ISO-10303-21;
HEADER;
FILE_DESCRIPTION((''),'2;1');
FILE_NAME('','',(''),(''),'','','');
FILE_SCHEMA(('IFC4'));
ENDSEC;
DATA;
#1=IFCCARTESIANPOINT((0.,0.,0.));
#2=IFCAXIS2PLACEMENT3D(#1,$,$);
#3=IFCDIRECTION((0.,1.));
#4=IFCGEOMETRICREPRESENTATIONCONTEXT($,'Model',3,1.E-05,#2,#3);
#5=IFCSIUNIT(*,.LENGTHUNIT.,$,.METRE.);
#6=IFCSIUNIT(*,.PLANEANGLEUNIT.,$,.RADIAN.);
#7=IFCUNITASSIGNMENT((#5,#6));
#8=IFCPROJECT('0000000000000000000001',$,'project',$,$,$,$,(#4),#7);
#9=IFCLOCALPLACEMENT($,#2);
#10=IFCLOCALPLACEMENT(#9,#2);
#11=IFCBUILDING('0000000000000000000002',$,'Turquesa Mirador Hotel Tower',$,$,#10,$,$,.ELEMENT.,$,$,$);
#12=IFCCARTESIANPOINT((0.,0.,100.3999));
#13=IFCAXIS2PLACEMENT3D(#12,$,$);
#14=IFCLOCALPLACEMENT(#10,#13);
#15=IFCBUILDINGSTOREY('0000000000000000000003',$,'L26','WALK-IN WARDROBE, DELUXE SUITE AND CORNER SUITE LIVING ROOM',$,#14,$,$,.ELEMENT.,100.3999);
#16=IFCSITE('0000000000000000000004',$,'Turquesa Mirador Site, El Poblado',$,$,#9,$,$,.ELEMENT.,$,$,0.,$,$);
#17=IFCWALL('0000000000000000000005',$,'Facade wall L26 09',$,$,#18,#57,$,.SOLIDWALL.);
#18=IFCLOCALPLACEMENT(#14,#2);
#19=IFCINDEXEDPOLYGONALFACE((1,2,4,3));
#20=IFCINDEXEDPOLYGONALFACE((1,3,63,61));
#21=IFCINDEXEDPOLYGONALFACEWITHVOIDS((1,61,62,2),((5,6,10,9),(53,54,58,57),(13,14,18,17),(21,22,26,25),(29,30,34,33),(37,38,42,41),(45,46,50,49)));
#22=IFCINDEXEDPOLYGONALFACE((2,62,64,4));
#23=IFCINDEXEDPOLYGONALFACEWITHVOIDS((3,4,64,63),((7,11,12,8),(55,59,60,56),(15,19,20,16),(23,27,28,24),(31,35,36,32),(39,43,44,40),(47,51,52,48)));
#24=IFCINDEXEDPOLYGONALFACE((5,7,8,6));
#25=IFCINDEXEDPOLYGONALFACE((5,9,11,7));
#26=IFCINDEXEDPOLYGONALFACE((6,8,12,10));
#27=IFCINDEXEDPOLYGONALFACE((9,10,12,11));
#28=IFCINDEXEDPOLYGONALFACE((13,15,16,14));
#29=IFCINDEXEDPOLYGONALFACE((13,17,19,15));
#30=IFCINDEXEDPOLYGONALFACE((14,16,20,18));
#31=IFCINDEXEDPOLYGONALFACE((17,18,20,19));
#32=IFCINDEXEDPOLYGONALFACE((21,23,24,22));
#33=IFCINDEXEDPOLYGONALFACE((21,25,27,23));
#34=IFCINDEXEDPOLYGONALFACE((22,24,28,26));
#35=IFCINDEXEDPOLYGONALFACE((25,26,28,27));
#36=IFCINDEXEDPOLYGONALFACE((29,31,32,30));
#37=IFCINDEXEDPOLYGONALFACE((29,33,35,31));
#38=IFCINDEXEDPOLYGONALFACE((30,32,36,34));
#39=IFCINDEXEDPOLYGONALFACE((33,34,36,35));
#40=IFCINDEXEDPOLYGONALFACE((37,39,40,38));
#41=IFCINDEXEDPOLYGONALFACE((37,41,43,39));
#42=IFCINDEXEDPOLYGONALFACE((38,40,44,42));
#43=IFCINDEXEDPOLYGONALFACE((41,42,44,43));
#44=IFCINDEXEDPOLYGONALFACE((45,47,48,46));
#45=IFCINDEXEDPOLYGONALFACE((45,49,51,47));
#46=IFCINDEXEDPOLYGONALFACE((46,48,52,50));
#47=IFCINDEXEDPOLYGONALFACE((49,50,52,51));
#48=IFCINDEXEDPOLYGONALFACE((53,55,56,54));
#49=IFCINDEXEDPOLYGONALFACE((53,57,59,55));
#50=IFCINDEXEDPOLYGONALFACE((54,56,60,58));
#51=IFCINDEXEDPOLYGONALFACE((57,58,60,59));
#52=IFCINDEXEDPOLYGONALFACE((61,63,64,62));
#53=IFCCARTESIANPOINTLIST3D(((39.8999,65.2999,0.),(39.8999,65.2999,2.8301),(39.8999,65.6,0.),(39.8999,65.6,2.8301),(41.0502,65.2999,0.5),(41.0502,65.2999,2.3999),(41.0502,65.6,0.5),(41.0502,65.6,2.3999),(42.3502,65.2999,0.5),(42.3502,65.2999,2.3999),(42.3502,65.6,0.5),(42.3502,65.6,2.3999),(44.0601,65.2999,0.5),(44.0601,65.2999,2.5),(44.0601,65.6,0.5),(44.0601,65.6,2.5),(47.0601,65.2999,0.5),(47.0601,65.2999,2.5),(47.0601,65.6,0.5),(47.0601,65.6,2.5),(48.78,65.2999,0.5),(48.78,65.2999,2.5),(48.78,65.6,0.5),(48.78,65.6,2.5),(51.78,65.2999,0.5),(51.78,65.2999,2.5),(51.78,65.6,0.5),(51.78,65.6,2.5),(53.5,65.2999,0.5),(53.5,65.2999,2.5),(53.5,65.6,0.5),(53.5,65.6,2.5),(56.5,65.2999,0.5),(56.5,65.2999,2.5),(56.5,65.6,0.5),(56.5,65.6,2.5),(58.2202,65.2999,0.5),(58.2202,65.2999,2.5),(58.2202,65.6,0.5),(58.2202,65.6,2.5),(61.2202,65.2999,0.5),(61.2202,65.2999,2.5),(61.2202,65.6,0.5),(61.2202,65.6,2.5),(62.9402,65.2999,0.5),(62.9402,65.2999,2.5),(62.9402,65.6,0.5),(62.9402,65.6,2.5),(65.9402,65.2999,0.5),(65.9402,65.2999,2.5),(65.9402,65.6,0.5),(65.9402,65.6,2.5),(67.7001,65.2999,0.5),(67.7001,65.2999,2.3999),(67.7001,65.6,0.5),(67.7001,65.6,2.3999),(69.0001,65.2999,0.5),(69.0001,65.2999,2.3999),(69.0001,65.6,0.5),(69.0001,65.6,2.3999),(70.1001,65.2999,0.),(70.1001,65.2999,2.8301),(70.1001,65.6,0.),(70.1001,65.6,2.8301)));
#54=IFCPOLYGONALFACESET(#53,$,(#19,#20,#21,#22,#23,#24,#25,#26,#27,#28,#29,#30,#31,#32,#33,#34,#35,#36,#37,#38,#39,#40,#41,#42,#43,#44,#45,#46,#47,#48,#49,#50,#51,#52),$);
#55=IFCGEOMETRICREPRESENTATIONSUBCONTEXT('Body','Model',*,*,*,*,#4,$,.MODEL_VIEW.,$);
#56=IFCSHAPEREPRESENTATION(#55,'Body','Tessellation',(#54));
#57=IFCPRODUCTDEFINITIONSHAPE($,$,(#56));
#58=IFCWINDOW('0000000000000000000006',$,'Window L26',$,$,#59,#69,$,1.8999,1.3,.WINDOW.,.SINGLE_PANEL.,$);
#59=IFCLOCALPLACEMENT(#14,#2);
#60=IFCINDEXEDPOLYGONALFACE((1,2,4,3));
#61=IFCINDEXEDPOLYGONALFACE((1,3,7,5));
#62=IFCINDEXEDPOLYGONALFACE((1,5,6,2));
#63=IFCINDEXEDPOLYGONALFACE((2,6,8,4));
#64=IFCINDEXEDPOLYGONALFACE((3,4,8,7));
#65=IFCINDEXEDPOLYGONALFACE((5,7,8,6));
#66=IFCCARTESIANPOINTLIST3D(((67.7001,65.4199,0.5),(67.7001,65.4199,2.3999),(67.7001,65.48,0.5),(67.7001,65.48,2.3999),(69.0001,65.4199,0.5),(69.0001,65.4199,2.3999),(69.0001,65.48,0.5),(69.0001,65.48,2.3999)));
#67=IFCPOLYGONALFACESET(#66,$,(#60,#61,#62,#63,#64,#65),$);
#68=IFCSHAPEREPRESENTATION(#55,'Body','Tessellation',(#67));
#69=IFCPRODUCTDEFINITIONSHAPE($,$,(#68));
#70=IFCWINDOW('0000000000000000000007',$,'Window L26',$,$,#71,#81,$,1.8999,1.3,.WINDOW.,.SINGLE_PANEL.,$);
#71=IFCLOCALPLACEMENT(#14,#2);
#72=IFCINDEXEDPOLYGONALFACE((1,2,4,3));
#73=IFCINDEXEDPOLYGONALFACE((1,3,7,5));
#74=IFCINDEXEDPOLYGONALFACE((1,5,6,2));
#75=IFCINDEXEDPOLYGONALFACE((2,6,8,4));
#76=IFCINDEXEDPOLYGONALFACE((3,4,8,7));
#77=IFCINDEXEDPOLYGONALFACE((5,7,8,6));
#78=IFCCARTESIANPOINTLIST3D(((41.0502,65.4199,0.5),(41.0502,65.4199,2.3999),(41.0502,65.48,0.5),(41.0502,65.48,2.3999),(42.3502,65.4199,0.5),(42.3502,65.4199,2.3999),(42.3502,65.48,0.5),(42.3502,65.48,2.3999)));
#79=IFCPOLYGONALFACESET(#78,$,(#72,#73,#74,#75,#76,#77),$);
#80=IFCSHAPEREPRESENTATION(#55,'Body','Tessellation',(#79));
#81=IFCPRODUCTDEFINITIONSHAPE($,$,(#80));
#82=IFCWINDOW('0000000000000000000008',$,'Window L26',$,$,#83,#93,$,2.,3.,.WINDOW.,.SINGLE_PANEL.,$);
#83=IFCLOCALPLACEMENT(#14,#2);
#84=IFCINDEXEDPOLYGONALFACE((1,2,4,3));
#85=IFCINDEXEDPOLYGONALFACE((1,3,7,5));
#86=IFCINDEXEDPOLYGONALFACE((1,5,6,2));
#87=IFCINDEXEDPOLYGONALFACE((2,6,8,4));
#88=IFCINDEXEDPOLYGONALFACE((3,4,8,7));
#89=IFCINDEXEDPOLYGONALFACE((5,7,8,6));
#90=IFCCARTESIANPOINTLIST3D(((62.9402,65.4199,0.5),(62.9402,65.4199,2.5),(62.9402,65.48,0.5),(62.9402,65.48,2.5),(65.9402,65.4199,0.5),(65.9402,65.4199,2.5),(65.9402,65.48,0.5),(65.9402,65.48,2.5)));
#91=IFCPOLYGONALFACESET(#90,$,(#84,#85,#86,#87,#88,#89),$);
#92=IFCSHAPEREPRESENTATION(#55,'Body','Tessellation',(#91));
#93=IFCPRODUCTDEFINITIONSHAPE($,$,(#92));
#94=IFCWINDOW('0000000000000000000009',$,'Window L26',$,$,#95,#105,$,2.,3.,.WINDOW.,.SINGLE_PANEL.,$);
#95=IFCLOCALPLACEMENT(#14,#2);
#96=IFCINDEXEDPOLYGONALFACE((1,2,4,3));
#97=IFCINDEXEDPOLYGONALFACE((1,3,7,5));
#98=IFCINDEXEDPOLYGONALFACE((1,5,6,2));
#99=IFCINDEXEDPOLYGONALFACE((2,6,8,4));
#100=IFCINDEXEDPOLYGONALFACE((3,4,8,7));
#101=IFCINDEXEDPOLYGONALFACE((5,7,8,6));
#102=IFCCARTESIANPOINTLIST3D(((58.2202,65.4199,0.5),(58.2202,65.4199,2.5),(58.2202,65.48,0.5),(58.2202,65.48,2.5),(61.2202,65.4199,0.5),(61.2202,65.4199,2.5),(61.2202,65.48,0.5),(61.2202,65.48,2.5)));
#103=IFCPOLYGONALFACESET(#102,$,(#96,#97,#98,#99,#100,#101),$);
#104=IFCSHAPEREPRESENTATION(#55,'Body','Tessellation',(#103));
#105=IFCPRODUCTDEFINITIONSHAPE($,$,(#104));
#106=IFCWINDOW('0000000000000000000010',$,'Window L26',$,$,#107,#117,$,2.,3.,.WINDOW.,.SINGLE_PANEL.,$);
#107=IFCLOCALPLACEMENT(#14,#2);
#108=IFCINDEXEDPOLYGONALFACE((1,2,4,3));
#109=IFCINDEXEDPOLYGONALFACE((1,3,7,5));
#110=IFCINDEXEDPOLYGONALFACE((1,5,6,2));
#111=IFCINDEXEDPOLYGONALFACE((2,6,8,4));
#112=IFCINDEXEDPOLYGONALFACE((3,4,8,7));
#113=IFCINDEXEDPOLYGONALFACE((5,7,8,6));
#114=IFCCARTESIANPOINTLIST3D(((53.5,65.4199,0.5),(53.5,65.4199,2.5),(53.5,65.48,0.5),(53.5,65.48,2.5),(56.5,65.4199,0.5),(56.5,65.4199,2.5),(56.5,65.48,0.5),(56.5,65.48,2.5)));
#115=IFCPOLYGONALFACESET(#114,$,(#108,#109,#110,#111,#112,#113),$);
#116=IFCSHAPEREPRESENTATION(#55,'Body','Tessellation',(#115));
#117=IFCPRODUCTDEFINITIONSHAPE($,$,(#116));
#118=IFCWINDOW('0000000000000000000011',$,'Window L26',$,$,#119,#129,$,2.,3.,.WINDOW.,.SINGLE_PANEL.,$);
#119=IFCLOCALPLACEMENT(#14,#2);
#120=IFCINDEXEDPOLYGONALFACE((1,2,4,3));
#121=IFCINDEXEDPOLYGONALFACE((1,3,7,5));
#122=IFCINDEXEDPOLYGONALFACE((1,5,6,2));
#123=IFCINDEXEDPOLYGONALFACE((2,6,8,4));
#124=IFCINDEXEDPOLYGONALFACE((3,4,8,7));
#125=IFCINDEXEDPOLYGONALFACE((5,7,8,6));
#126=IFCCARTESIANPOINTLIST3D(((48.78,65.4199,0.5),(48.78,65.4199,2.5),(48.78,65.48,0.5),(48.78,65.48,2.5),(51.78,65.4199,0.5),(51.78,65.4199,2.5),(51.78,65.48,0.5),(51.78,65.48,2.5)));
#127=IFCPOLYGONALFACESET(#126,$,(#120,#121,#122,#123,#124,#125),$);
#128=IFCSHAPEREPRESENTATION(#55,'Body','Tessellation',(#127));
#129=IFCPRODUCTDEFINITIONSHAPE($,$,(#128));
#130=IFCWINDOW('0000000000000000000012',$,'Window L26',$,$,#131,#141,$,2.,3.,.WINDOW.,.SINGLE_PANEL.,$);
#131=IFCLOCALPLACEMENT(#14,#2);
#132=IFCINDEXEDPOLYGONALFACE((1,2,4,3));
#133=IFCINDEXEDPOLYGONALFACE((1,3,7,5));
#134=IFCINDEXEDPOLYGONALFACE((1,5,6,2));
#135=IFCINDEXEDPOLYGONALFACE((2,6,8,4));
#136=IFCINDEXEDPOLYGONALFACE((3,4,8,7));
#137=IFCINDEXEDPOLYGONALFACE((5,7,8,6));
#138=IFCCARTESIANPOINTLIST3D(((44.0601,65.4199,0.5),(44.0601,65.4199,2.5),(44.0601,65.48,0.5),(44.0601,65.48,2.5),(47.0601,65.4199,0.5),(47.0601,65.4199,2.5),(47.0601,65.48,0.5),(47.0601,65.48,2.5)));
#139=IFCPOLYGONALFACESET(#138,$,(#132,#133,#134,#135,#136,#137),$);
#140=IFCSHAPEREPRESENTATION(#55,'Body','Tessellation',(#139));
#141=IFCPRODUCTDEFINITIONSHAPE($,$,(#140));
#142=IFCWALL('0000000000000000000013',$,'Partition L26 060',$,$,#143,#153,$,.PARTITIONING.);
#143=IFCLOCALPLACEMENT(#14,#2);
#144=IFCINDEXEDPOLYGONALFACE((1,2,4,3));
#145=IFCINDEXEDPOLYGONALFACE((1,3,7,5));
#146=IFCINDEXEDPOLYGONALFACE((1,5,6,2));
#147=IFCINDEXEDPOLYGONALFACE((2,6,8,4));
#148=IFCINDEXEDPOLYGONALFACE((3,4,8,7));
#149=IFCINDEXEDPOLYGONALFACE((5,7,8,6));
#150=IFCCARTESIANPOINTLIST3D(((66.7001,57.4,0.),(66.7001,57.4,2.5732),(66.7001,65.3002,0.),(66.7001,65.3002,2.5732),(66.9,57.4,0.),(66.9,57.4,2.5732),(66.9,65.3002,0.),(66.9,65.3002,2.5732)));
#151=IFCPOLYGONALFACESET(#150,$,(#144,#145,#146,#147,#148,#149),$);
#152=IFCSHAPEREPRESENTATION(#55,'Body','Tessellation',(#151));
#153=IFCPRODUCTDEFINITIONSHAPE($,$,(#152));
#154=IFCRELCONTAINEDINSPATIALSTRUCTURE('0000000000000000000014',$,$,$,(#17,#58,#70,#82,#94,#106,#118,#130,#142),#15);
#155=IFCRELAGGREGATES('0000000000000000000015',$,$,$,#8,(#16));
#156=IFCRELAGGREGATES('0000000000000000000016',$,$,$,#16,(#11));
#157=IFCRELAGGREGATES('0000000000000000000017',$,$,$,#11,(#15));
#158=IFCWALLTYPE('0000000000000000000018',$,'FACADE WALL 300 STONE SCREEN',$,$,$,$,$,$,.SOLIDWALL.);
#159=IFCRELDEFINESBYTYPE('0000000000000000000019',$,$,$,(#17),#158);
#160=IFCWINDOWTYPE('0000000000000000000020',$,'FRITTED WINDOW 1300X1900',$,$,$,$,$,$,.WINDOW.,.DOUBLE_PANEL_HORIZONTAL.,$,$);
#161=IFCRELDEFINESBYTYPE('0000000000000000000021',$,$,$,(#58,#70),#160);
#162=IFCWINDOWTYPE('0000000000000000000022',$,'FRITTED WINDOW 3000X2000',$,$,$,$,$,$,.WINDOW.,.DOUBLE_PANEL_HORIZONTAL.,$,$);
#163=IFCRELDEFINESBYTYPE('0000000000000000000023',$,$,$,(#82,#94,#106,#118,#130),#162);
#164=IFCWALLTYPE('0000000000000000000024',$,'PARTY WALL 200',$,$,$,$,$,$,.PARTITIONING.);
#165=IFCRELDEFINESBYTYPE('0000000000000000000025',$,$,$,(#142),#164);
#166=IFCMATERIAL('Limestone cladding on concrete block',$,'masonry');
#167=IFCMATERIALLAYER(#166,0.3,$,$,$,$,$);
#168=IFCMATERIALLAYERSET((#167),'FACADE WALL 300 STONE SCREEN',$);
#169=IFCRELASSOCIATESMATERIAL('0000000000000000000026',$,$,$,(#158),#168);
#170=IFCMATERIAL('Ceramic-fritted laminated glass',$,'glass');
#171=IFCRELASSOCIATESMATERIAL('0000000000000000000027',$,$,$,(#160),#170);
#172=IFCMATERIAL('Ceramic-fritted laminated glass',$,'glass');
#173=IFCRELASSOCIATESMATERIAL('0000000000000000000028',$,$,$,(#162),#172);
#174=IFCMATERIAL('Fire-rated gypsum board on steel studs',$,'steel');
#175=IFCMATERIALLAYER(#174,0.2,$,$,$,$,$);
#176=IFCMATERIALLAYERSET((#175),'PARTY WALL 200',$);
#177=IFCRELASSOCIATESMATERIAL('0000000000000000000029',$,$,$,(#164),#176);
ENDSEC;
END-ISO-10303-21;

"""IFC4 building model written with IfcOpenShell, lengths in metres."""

from ifc_helpers import new_model, si_unit, direction, frame, frame_2d, origin, place, context, subcontext, project, spatial, rectangle, extrude, material, layer, layer_set, type_object, element, fill, save


model = new_model("IFC4")

# Units and contexts
model_context = context("Model", 3, precision=1e-05, world=origin(), true_north=direction((0.0, 1.0)))
body_context = subcontext(model_context, "Body", "Model", "MODEL_VIEW")
ifc_project = project(units=[si_unit("LENGTHUNIT", "METRE"), si_unit("PLANEANGLEUNIT", "RADIAN")], contexts=[model_context])

# Site, building, storey
site_placement = place(None, origin())
site = spatial("IfcSite", under=ifc_project, at=site_placement, Name="Turquesa Mirador Site, El Poblado", CompositionType="ELEMENT", RefElevation=0.0)
building_placement = place(site_placement, origin())
building = spatial("IfcBuilding", under=site, at=building_placement, Name="Turquesa Mirador Hotel Tower", CompositionType="ELEMENT")
storey_placement = place(building_placement, frame((0.0, 0.0, 100.3999)))
storey = spatial("IfcBuildingStorey", under=building, at=storey_placement, Name="L26", Description="WALK-IN WARDROBE, DELUXE SUITE AND CORNER SUITE LIVING ROOM", CompositionType="ELEMENT", Elevation=100.3999)

# Shared definitions
ifc_material_1 = material(Name="Limestone cladding on concrete block", Category="masonry")
ifc_layer_1 = layer(ifc_material_1, 0.3)
ifc_layer_set_1 = layer_set([ifc_layer_1], Name="FACADE WALL 300 STONE SCREEN")
wall_type_1 = type_object("IfcWallType", Name="FACADE WALL 300 STONE SCREEN", PredefinedType="SOLIDWALL", material=ifc_layer_set_1)

# Wall, openings, windows
wall_1_placement = place(storey_placement, frame((70.1001, 65.45, 0.0), z_axis=(0.0, 0.0, 1.0), x_axis=(-1.0, 0.0, 0.0)))
wall_1 = element("IfcWall", 1, at=wall_1_placement, inside=storey, type_object=wall_type_1, Name="Facade wall L26 09", PredefinedType="SOLIDWALL", context=body_context, shape_type="SweptSolid", body=[
    extrude(rectangle(XDim=30.2002, YDim=0.3, at=frame_2d((15.1001, 0.0))), origin(), (0.0, 0.0, 1.0), 2.8301),
])
opening_1_placement = place(wall_1_placement, frame((1.1001, 0.0, 0.5)))
opening_1 = element("IfcOpeningElement", 2, at=opening_1_placement, cuts=wall_1, PredefinedType="OPENING", context=body_context, shape_type="SweptSolid", body=[
    extrude(rectangle(XDim=1.3, YDim=1.8999, at=frame_2d((0.6499, 0.95))), frame((0.0, 0.1599, 0.0), z_axis=(0.0, -1.0, 0.0), x_axis=(1.0, 0.0, 0.0)), (0.0, 0.0, 1.0), 0.3201),
])
opening_2_placement = place(wall_1_placement, frame((4.1599, 0.0, 0.5)))
opening_2 = element("IfcOpeningElement", 3, at=opening_2_placement, cuts=wall_1, PredefinedType="OPENING", context=body_context, shape_type="SweptSolid", body=[
    extrude(rectangle(XDim=3.0, YDim=2.0, at=frame_2d((1.5, 1.0))), frame((0.0, 0.1599, 0.0), z_axis=(0.0, -1.0, 0.0), x_axis=(1.0, 0.0, 0.0)), (0.0, 0.0, 1.0), 0.3201),
])
opening_3_placement = place(wall_1_placement, frame((8.8799, 0.0, 0.5)))
opening_3 = element("IfcOpeningElement", 4, at=opening_3_placement, cuts=wall_1, PredefinedType="OPENING", context=body_context, shape_type="SweptSolid", body=[
    extrude(rectangle(XDim=3.0, YDim=2.0, at=frame_2d((1.5, 1.0))), frame((0.0, 0.1599, 0.0), z_axis=(0.0, -1.0, 0.0), x_axis=(1.0, 0.0, 0.0)), (0.0, 0.0, 1.0), 0.3201),
])
opening_4_placement = place(wall_1_placement, frame((13.6001, 0.0, 0.5)))
opening_4 = element("IfcOpeningElement", 5, at=opening_4_placement, cuts=wall_1, PredefinedType="OPENING", context=body_context, shape_type="SweptSolid", body=[
    extrude(rectangle(XDim=3.0, YDim=2.0, at=frame_2d((1.5, 1.0))), frame((0.0, 0.1599, 0.0), z_axis=(0.0, -1.0, 0.0), x_axis=(1.0, 0.0, 0.0)), (0.0, 0.0, 1.0), 0.3201),
])
opening_5_placement = place(wall_1_placement, frame((18.3201, 0.0, 0.5)))
opening_5 = element("IfcOpeningElement", 6, at=opening_5_placement, cuts=wall_1, PredefinedType="OPENING", context=body_context, shape_type="SweptSolid", body=[
    extrude(rectangle(XDim=3.0, YDim=2.0, at=frame_2d((1.5, 1.0))), frame((0.0, 0.1599, 0.0), z_axis=(0.0, -1.0, 0.0), x_axis=(1.0, 0.0, 0.0)), (0.0, 0.0, 1.0), 0.3201),
])
opening_6_placement = place(wall_1_placement, frame((23.04, 0.0, 0.5)))
opening_6 = element("IfcOpeningElement", 7, at=opening_6_placement, cuts=wall_1, PredefinedType="OPENING", context=body_context, shape_type="SweptSolid", body=[
    extrude(rectangle(XDim=3.0, YDim=2.0, at=frame_2d((1.5, 1.0))), frame((0.0, 0.1599, 0.0), z_axis=(0.0, -1.0, 0.0), x_axis=(1.0, 0.0, 0.0)), (0.0, 0.0, 1.0), 0.3201),
])
opening_7_placement = place(wall_1_placement, frame((27.75, 0.0, 0.5)))
opening_7 = element("IfcOpeningElement", 8, at=opening_7_placement, cuts=wall_1, PredefinedType="OPENING", context=body_context, shape_type="SweptSolid", body=[
    extrude(rectangle(XDim=1.3, YDim=1.8999, at=frame_2d((0.6499, 0.95))), frame((0.0, 0.1599, 0.0), z_axis=(0.0, -1.0, 0.0), x_axis=(1.0, 0.0, 0.0)), (0.0, 0.0, 1.0), 0.3201),
])
ifc_material_2 = material(Name="Ceramic-fritted laminated glass", Category="glass")
window_type_1 = type_object("IfcWindowType", Name="FRITTED WINDOW 1300X1900", PartitioningType="DOUBLE_PANEL_HORIZONTAL", PredefinedType="WINDOW", material=ifc_material_2)
window_1_placement = place(opening_1_placement, origin())
window_1 = element("IfcWindow", 9, at=window_1_placement, inside=storey, type_object=window_type_1, Name="Window L26", OverallHeight=1.8999, OverallWidth=1.3, PartitioningType="SINGLE_PANEL", PredefinedType="WINDOW", context=body_context, shape_type="SweptSolid", body=[
    extrude(rectangle(XDim=1.3, YDim=1.8999, at=frame_2d((0.6499, 0.95))), frame((0.0, 0.03, 0.0), z_axis=(0.0, -1.0, 0.0), x_axis=(1.0, 0.0, 0.0)), (0.0, 0.0, 1.0), 0.0601),
])
fill(opening_1, window_1)
window_2_placement = place(opening_7_placement, origin())
window_2 = element("IfcWindow", 10, at=window_2_placement, inside=storey, type_object=window_type_1, Name="Window L26", OverallHeight=1.8999, OverallWidth=1.3, PartitioningType="SINGLE_PANEL", PredefinedType="WINDOW", context=body_context, shape_type="SweptSolid", body=[
    extrude(rectangle(XDim=1.3, YDim=1.8999, at=frame_2d((0.6499, 0.95))), frame((0.0, 0.03, 0.0), z_axis=(0.0, -1.0, 0.0), x_axis=(1.0, 0.0, 0.0)), (0.0, 0.0, 1.0), 0.0601),
])
fill(opening_7, window_2)
ifc_material_3 = material(Name="Ceramic-fritted laminated glass", Category="glass")
window_type_2 = type_object("IfcWindowType", Name="FRITTED WINDOW 3000X2000", PartitioningType="DOUBLE_PANEL_HORIZONTAL", PredefinedType="WINDOW", material=ifc_material_3)
window_3_placement = place(opening_2_placement, origin())
window_3 = element("IfcWindow", 11, at=window_3_placement, inside=storey, type_object=window_type_2, Name="Window L26", OverallHeight=2.0, OverallWidth=3.0, PartitioningType="SINGLE_PANEL", PredefinedType="WINDOW", context=body_context, shape_type="SweptSolid", body=[
    extrude(rectangle(XDim=3.0, YDim=2.0, at=frame_2d((1.5, 1.0))), frame((0.0, 0.03, 0.0), z_axis=(0.0, -1.0, 0.0), x_axis=(1.0, 0.0, 0.0)), (0.0, 0.0, 1.0), 0.0601),
])
fill(opening_2, window_3)
window_4_placement = place(opening_3_placement, origin())
window_4 = element("IfcWindow", 12, at=window_4_placement, inside=storey, type_object=window_type_2, Name="Window L26", OverallHeight=2.0, OverallWidth=3.0, PartitioningType="SINGLE_PANEL", PredefinedType="WINDOW", context=body_context, shape_type="SweptSolid", body=[
    extrude(rectangle(XDim=3.0, YDim=2.0, at=frame_2d((1.5, 1.0))), frame((0.0, 0.03, 0.0), z_axis=(0.0, -1.0, 0.0), x_axis=(1.0, 0.0, 0.0)), (0.0, 0.0, 1.0), 0.0601),
])
fill(opening_3, window_4)
window_5_placement = place(opening_4_placement, origin())
window_5 = element("IfcWindow", 13, at=window_5_placement, inside=storey, type_object=window_type_2, Name="Window L26", OverallHeight=2.0, OverallWidth=3.0, PartitioningType="SINGLE_PANEL", PredefinedType="WINDOW", context=body_context, shape_type="SweptSolid", body=[
    extrude(rectangle(XDim=3.0, YDim=2.0, at=frame_2d((1.5, 1.0))), frame((0.0, 0.03, 0.0), z_axis=(0.0, -1.0, 0.0), x_axis=(1.0, 0.0, 0.0)), (0.0, 0.0, 1.0), 0.0601),
])
fill(opening_4, window_5)
window_6_placement = place(opening_5_placement, origin())
window_6 = element("IfcWindow", 14, at=window_6_placement, inside=storey, type_object=window_type_2, Name="Window L26", OverallHeight=2.0, OverallWidth=3.0, PartitioningType="SINGLE_PANEL", PredefinedType="WINDOW", context=body_context, shape_type="SweptSolid", body=[
    extrude(rectangle(XDim=3.0, YDim=2.0, at=frame_2d((1.5, 1.0))), frame((0.0, 0.03, 0.0), z_axis=(0.0, -1.0, 0.0), x_axis=(1.0, 0.0, 0.0)), (0.0, 0.0, 1.0), 0.0601),
])
fill(opening_5, window_6)
window_7_placement = place(opening_6_placement, origin())
window_7 = element("IfcWindow", 15, at=window_7_placement, inside=storey, type_object=window_type_2, Name="Window L26", OverallHeight=2.0, OverallWidth=3.0, PartitioningType="SINGLE_PANEL", PredefinedType="WINDOW", context=body_context, shape_type="SweptSolid", body=[
    extrude(rectangle(XDim=3.0, YDim=2.0, at=frame_2d((1.5, 1.0))), frame((0.0, 0.03, 0.0), z_axis=(0.0, -1.0, 0.0), x_axis=(1.0, 0.0, 0.0)), (0.0, 0.0, 1.0), 0.0601),
])
fill(opening_6, window_7)

# Wall
ifc_material_4 = material(Name="Fire-rated gypsum board on steel studs", Category="steel")
ifc_layer_2 = layer(ifc_material_4, 0.2)
ifc_layer_set_2 = layer_set([ifc_layer_2], Name="PARTY WALL 200")
wall_type_2 = type_object("IfcWallType", Name="PARTY WALL 200", PredefinedType="PARTITIONING", material=ifc_layer_set_2)
wall_2_placement = place(storey_placement, frame((66.8, 57.3999, 0.0), z_axis=(0.0, 0.0, 1.0), x_axis=(0.0, 1.0, 0.0)))
element("IfcWall", 16, at=wall_2_placement, inside=storey, type_object=wall_type_2, Name="Partition L26 060", PredefinedType="PARTITIONING", context=body_context, shape_type="SweptSolid", body=[
    extrude(rectangle(XDim=7.9001, YDim=0.2, at=frame_2d((3.9502, 0.0))), origin(), (0.0, 0.0, 1.0), 2.5732),
])

save(model, "model.ifc")
